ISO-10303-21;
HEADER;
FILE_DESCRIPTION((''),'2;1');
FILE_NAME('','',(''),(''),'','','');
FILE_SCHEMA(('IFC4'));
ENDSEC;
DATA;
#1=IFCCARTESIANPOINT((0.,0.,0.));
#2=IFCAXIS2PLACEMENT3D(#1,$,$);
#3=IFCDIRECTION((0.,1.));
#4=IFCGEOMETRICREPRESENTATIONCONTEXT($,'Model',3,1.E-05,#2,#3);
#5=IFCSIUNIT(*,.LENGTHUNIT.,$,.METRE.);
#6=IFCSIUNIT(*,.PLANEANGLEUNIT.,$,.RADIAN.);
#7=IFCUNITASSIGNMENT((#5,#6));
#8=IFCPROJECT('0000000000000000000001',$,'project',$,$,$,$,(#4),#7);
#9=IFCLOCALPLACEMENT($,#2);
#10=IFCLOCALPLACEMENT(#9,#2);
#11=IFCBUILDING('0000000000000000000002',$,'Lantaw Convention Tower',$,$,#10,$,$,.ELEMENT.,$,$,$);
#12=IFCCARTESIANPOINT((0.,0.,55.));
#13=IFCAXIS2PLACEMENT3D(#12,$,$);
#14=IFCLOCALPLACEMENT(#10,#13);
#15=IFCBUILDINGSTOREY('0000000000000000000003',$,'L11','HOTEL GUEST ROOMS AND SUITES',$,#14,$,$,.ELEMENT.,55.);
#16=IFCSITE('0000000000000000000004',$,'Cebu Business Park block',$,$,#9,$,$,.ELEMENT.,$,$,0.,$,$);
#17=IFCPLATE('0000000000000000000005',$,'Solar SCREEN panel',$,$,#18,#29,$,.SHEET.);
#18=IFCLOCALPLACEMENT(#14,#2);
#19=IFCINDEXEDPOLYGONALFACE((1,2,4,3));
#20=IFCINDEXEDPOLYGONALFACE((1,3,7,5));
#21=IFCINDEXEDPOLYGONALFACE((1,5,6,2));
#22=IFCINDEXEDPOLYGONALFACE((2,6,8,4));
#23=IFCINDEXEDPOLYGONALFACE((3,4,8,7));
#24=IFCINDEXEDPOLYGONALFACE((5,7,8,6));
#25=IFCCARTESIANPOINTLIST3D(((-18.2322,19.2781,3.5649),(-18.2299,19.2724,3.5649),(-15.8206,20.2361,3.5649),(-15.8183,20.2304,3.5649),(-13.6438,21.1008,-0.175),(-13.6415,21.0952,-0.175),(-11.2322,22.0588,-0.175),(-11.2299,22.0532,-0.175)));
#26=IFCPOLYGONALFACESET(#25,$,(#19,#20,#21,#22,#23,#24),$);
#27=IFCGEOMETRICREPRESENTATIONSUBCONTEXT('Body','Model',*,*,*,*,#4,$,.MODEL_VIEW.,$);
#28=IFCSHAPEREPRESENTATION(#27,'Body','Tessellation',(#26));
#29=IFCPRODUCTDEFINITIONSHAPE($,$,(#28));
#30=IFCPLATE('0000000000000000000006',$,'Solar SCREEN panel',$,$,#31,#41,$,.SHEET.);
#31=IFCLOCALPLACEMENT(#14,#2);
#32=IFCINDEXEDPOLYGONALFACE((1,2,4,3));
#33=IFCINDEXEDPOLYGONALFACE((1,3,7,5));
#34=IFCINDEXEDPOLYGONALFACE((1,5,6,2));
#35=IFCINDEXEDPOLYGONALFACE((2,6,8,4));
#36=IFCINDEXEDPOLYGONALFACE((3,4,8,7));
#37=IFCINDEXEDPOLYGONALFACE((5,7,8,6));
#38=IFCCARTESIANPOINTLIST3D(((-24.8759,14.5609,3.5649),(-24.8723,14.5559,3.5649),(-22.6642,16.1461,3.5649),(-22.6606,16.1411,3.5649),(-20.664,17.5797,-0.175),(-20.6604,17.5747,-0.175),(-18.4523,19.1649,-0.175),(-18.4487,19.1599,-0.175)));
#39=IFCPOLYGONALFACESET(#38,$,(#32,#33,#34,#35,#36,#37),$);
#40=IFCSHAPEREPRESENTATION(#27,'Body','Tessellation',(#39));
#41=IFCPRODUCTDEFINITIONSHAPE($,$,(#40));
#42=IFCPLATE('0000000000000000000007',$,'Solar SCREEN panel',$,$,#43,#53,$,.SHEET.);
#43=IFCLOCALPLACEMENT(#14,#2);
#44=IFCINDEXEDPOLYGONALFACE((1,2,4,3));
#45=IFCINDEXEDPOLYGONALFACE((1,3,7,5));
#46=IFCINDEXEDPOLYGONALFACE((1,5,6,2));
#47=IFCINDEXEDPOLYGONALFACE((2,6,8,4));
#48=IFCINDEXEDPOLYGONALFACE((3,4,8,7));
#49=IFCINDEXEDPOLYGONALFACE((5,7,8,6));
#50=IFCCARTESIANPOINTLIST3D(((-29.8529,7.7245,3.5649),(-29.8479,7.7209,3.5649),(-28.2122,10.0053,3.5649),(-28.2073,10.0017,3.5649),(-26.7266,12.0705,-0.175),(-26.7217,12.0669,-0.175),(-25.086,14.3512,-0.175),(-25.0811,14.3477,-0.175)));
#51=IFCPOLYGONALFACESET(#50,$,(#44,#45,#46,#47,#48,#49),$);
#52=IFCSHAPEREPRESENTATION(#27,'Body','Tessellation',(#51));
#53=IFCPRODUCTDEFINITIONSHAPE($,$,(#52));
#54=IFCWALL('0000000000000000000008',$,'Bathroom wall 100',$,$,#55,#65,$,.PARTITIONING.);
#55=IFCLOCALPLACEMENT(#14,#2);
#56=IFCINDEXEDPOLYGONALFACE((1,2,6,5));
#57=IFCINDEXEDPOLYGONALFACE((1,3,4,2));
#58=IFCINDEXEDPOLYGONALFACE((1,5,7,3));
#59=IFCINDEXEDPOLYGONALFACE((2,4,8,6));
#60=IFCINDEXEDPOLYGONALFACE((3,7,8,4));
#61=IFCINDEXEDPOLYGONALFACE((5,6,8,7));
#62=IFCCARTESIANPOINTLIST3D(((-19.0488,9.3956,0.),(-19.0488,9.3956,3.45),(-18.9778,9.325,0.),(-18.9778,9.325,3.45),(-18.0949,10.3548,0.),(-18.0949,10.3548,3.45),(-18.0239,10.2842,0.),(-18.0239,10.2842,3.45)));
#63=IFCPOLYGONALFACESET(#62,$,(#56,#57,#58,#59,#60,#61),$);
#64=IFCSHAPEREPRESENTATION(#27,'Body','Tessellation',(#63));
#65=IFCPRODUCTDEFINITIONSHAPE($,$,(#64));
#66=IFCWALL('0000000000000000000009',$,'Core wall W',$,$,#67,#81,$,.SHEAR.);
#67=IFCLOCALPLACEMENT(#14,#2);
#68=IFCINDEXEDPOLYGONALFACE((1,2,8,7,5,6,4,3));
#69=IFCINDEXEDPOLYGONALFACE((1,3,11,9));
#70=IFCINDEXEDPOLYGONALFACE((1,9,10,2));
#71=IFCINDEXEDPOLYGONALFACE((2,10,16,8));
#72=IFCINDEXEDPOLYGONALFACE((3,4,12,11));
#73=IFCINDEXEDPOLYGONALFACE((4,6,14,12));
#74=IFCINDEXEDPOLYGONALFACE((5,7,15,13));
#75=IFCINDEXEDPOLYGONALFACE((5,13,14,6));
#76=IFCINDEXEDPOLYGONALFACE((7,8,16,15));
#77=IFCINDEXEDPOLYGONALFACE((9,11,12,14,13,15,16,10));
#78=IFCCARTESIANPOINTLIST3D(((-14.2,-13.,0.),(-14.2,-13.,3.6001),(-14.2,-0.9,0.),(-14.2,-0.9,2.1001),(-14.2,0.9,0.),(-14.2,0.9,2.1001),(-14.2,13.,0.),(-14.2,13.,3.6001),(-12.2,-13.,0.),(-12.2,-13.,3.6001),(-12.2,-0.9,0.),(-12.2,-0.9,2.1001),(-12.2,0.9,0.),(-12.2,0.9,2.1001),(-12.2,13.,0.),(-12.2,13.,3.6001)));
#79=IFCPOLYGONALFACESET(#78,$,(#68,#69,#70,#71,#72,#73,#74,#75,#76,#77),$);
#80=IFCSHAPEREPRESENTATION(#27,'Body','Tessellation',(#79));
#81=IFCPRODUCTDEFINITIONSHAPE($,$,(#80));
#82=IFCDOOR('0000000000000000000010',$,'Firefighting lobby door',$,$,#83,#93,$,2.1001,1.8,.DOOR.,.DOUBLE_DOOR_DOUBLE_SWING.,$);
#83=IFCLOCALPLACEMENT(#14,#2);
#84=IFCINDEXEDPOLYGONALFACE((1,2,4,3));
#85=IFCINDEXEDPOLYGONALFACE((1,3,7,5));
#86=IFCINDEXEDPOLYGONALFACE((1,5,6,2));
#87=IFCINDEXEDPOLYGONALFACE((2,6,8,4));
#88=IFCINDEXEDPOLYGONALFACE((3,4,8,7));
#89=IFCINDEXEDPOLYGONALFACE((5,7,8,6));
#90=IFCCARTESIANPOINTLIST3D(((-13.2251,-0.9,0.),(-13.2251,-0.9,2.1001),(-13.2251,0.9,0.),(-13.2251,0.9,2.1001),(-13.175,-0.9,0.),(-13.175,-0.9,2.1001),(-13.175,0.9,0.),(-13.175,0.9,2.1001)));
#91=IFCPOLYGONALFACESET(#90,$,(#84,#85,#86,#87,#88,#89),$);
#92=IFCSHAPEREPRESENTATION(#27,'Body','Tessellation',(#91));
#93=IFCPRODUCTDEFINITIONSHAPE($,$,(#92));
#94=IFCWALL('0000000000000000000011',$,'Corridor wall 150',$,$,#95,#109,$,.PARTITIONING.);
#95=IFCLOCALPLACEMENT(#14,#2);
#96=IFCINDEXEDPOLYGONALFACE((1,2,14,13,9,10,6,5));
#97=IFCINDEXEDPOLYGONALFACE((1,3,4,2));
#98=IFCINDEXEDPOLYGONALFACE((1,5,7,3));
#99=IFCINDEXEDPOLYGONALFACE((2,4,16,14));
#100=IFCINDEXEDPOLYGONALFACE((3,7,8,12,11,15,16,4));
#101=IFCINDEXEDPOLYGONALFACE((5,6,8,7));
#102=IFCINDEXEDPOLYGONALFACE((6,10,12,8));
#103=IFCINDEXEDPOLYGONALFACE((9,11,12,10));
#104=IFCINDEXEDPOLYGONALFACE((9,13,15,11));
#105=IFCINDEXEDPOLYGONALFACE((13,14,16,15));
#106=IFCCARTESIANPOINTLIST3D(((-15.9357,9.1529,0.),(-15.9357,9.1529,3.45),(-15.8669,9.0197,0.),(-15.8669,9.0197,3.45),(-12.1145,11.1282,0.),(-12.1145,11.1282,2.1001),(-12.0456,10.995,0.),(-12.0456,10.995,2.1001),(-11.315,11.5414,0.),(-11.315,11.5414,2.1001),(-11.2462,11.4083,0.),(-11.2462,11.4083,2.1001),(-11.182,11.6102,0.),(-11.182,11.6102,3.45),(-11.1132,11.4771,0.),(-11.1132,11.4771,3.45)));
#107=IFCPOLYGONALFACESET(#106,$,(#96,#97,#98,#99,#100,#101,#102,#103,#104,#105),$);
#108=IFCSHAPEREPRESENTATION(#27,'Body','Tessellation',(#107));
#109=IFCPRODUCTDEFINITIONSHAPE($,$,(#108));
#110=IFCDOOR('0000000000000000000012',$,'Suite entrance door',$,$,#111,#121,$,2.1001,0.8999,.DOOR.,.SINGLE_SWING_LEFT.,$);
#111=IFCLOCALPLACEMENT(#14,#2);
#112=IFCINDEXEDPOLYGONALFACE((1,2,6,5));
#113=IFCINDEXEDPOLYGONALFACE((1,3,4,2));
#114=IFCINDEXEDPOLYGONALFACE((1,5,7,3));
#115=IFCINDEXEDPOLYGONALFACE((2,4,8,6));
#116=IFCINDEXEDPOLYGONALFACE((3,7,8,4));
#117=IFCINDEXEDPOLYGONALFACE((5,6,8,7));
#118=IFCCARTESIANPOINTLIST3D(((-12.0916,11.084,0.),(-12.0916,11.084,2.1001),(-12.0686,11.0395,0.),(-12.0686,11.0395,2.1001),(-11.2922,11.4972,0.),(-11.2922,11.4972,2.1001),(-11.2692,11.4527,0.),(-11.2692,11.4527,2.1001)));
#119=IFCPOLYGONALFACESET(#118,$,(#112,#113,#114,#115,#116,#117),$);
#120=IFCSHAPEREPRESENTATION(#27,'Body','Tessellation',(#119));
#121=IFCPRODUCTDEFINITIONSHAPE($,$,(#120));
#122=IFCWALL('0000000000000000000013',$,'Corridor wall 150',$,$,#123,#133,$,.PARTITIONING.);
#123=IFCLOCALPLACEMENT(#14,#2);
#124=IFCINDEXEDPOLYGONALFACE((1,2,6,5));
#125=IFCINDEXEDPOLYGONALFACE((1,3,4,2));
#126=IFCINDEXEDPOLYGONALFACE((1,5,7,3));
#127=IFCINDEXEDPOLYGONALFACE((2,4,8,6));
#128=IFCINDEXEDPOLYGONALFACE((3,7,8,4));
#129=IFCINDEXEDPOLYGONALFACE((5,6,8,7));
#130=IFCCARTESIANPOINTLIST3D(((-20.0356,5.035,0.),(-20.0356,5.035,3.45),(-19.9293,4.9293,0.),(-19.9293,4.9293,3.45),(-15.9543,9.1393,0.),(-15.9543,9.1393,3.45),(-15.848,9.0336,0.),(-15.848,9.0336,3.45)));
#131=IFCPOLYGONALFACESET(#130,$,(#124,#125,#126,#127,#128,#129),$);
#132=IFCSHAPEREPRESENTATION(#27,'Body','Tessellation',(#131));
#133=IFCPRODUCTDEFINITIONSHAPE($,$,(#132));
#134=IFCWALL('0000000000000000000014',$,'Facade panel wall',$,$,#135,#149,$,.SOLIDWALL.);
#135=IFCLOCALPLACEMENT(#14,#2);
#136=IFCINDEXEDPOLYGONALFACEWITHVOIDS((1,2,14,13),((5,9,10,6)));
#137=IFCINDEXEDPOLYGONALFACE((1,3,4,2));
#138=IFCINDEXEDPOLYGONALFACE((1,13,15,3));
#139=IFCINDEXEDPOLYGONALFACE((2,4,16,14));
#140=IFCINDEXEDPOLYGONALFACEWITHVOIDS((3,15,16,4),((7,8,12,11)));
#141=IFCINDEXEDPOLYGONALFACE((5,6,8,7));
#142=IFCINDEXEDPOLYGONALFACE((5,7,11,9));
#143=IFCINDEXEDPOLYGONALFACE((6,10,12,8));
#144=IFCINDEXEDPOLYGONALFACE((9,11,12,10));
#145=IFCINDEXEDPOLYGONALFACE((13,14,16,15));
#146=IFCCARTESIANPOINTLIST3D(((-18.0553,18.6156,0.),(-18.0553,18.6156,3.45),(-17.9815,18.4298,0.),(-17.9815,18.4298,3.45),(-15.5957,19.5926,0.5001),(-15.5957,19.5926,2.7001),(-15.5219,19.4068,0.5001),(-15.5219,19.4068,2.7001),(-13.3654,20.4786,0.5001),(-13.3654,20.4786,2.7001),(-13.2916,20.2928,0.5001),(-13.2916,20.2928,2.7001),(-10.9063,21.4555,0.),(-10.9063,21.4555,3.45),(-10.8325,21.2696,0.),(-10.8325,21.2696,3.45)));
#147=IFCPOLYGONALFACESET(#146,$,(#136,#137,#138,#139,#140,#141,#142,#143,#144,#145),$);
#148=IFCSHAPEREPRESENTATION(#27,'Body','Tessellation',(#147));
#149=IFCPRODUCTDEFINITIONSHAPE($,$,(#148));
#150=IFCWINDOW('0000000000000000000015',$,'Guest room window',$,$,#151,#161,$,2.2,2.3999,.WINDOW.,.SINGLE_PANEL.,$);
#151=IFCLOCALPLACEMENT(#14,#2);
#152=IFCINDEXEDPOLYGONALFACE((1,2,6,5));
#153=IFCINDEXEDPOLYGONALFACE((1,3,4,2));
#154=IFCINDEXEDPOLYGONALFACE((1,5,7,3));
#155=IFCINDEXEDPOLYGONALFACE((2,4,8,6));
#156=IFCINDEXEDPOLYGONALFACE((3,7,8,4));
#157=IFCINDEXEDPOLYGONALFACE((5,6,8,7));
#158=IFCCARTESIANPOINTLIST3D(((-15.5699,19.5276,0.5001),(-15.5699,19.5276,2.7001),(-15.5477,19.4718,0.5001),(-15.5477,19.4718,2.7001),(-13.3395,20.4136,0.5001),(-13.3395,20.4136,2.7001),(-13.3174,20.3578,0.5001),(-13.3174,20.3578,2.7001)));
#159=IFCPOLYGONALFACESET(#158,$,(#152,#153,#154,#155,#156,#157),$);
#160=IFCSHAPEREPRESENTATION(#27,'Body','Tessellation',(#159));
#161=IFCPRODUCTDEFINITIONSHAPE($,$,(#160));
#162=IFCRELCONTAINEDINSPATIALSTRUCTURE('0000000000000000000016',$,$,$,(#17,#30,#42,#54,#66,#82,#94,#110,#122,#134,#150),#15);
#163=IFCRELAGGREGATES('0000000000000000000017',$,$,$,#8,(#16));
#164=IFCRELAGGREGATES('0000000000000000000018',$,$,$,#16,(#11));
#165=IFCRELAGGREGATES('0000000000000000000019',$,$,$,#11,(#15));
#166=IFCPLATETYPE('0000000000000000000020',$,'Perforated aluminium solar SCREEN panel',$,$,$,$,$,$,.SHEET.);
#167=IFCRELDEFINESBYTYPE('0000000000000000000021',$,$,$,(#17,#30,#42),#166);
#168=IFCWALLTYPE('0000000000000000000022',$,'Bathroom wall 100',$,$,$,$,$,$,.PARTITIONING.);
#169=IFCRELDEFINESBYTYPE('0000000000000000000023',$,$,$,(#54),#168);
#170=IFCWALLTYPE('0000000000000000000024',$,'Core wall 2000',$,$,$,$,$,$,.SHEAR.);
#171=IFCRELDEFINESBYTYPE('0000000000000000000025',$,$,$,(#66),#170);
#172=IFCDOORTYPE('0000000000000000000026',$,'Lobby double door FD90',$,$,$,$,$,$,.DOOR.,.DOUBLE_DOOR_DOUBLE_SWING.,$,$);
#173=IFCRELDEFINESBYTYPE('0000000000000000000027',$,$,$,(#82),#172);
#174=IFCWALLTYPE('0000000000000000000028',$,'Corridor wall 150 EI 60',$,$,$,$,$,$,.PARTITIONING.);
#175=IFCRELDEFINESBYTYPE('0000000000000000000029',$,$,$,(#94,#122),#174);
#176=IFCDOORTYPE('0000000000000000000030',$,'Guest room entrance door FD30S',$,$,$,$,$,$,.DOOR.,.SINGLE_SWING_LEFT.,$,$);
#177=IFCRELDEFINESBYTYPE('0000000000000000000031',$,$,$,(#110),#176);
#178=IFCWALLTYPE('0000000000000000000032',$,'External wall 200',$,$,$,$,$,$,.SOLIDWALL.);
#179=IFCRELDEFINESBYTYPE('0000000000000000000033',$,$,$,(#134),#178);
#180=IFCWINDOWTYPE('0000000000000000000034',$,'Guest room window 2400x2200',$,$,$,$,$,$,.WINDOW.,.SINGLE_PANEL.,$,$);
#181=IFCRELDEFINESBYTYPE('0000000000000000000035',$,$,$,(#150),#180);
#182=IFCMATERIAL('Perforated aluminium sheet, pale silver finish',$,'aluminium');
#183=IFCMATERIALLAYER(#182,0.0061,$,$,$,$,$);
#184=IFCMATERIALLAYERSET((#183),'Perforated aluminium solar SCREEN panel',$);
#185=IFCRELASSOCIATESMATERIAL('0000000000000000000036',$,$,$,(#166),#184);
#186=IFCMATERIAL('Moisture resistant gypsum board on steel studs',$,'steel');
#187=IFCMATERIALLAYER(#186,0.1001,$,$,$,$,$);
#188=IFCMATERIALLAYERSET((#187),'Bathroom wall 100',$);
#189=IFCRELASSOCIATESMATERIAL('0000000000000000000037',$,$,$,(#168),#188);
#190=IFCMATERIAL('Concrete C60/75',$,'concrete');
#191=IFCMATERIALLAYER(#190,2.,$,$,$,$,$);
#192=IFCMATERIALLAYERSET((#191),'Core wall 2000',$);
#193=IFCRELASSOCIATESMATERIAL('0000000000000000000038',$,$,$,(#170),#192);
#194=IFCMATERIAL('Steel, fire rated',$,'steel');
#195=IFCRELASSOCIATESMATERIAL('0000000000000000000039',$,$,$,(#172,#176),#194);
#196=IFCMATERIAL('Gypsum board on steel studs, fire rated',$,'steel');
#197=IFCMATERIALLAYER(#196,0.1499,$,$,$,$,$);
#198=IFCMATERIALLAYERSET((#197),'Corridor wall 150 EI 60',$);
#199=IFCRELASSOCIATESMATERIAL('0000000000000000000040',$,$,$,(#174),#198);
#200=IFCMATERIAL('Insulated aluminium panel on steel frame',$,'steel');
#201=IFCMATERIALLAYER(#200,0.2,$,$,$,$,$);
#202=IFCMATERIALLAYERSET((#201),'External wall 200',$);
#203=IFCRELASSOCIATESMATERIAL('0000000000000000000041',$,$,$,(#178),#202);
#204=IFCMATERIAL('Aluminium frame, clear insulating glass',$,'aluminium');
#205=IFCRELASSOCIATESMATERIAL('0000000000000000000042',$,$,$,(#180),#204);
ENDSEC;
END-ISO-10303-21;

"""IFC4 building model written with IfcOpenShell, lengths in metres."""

from ifc_helpers import new_model, si_unit, direction, frame, frame_2d, origin, place, context, subcontext, project, spatial, polyline, rectangle, outline, extrude, material, layer, layer_set, type_object, element, fill, save


model = new_model("IFC4")

# Units and contexts
model_context = context("Model", 3, precision=1e-05, world=origin(), true_north=direction((0.0, 1.0)))
body_context = subcontext(model_context, "Body", "Model", "MODEL_VIEW")
ifc_project = project(units=[si_unit("LENGTHUNIT", "METRE"), si_unit("PLANEANGLEUNIT", "RADIAN")], contexts=[model_context])

# Site, building, storey
site_placement = place(None, origin())
site = spatial("IfcSite", under=ifc_project, at=site_placement, Name="Cebu Business Park block", CompositionType="ELEMENT", RefElevation=0.0)
building_placement = place(site_placement, origin())
building = spatial("IfcBuilding", under=site, at=building_placement, Name="Lantaw Convention Tower", CompositionType="ELEMENT")
storey_placement = place(building_placement, frame((0.0, 0.0, 55.0)))
storey = spatial("IfcBuildingStorey", under=building, at=storey_placement, Name="L11", Description="HOTEL GUEST ROOMS AND SUITES", CompositionType="ELEMENT", Elevation=55.0)

# Shared definitions
ifc_material_1 = material(Name="Concrete C60/75", Category="concrete")

# Plates
ifc_material_2 = material(Name="Perforated aluminium sheet, pale silver finish", Category="aluminium")
ifc_layer_1 = layer(ifc_material_2, 0.0061)
ifc_layer_set_1 = layer_set([ifc_layer_1], Name="Perforated aluminium solar SCREEN panel")
plate_type = type_object("IfcPlateType", Name="Perforated aluminium solar SCREEN panel", PredefinedType="SHEET", material=ifc_layer_set_1)
plate_1_placement = place(storey_placement, frame((-11.2322, 22.0588, -0.175), z_axis=(-0.369184, 0.929357, 0.000009), x_axis=(-0.929357, -0.369184, 0.0)))
element("IfcPlate", 1, at=plate_1_placement, inside=storey, type_object=plate_type, Name="Solar SCREEN panel", PredefinedType="SHEET", context=body_context, shape_type="SweptSolid", body=[
    extrude(outline(polyline([(0.0, 0.0), (2.5949, 0.0), (7.5321, 3.74), (4.9372, 3.74), (0.0, 0.0)])), origin(), (0.0, 0.0, -1.0), 0.0061),
])
plate_2_placement = place(storey_placement, frame((-18.4487, 19.1599, -0.175), z_axis=(0.582561, -0.812787, 0.000016), x_axis=(-0.812787, -0.582561, 0.0)))
element("IfcPlate", 2, at=plate_2_placement, inside=storey, type_object=plate_type, Name="Solar SCREEN panel", PredefinedType="SHEET", context=body_context, shape_type="SweptSolid", body=[
    extrude(outline(polyline([(0.0, 0.0), (2.7211, 0.0), (7.9031, -3.74), (5.182, -3.74), (0.0, 0.0)])), origin(), (0.0, 0.0, -1.0), 0.0061),
])
plate_3_placement = place(storey_placement, frame((-25.0811, 14.3477, -0.175), z_axis=(0.811791, -0.583948, 0.000009), x_axis=(-0.583948, -0.811791, 0.0)))
element("IfcPlate", 3, at=plate_3_placement, inside=storey, type_object=plate_type, Name="Solar SCREEN panel", PredefinedType="SHEET", context=body_context, shape_type="SweptSolid", body=[
    extrude(outline(polyline([(0.0, 0.0), (2.8095, 0.0), (8.1631, -3.74), (5.3536, -3.74), (0.0, 0.0)])), origin(), (0.0, 0.0, -1.0), 0.0061),
])

# Wall
ifc_material_3 = material(Name="Moisture resistant gypsum board on steel studs", Category="steel")
ifc_layer_2 = layer(ifc_material_3, 0.1001)
ifc_layer_set_2 = layer_set([ifc_layer_2], Name="Bathroom wall 100")
wall_type_1 = type_object("IfcWallType", Name="Bathroom wall 100", PredefinedType="PARTITIONING", material=ifc_layer_set_2)
wall_1_placement = place(storey_placement, frame((-19.0132, 9.3604, 0.0), z_axis=(0.0, 0.0, 1.0), x_axis=(0.705119, 0.709089, 0.0)))
element("IfcWall", 4, at=wall_1_placement, inside=storey, type_object=wall_type_1, Name="Bathroom wall 100", PredefinedType="PARTITIONING", context=body_context, shape_type="SweptSolid", body=[
    extrude(rectangle(XDim=1.3528, YDim=0.1001, at=frame_2d((0.6763, 0.0))), origin(), (0.0, 0.0, 1.0), 3.45),
])

# Walls, openings, doors
ifc_layer_3 = layer(ifc_material_1, 2.0)
ifc_layer_set_3 = layer_set([ifc_layer_3], Name="Core wall 2000")
wall_type_2 = type_object("IfcWallType", Name="Core wall 2000", PredefinedType="SHEAR", material=ifc_layer_set_3)
wall_2_placement = place(storey_placement, frame((-13.2, 13.0, 0.0), z_axis=(0.0, 0.0, 1.0), x_axis=(0.0, -1.0, 0.0)))
wall_2 = element("IfcWall", 5, at=wall_2_placement, inside=storey, type_object=wall_type_2, Name="Core wall W", PredefinedType="SHEAR", context=body_context, shape_type="SweptSolid", body=[
    extrude(rectangle(XDim=26.0, YDim=2.0, at=frame_2d((13.0, 0.0))), origin(), (0.0, 0.0, 1.0), 3.6001),
])
opening_1_placement = place(wall_2_placement, frame((12.1001, 0.0, 0.0)))
opening_1 = element("IfcOpeningElement", 6, at=opening_1_placement, cuts=wall_2, PredefinedType="OPENING", context=body_context, shape_type="SweptSolid", body=[
    extrude(rectangle(XDim=1.8, YDim=2.1001, at=frame_2d((0.8999, 1.05))), frame((0.0, 1.01, 0.0), z_axis=(0.0, -1.0, 0.0), x_axis=(1.0, 0.0, 0.0)), (0.0, 0.0, 1.0), 2.02),
])
ifc_material_4 = material(Name="Steel, fire rated", Category="steel")
door_type_1 = type_object("IfcDoorType", Name="Lobby double door FD90", OperationType="DOUBLE_DOOR_DOUBLE_SWING", PredefinedType="DOOR", material=ifc_material_4)
door_1_placement = place(opening_1_placement, origin())
door_1 = element("IfcDoor", 7, at=door_1_placement, inside=storey, type_object=door_type_1, Name="Firefighting lobby door", OperationType="DOUBLE_DOOR_DOUBLE_SWING", OverallHeight=2.1001, OverallWidth=1.8, PredefinedType="DOOR", context=body_context, shape_type="SweptSolid", body=[
    extrude(rectangle(XDim=1.8, YDim=2.1001, at=frame_2d((0.8999, 1.05))), frame((0.0, 0.0249, 0.0), z_axis=(0.0, -1.0, 0.0), x_axis=(1.0, 0.0, 0.0)), (0.0, 0.0, 1.0), 0.05),
])
fill(opening_1, door_1)
ifc_material_5 = material(Name="Gypsum board on steel studs, fire rated", Category="steel")
ifc_layer_4 = layer(ifc_material_5, 0.1499)
ifc_layer_set_4 = layer_set([ifc_layer_4], Name="Corridor wall 150 EI 60")
wall_type_3 = type_object("IfcWallType", Name="Corridor wall 150 EI 60", PredefinedType="PARTITIONING", material=ifc_layer_set_4)
wall_3_placement = place(storey_placement, frame((-11.1475, 11.5437, 0.0), z_axis=(0.0, 0.0, 1.0), x_axis=(-0.888333, -0.459199, 0.0)))
wall_3 = element("IfcWall", 8, at=wall_3_placement, inside=storey, type_object=wall_type_3, Name="Corridor wall 150", PredefinedType="PARTITIONING", context=body_context, shape_type="SweptSolid", body=[
    extrude(rectangle(XDim=5.3513, YDim=0.1499, at=frame_2d((2.6758, 0.0))), origin(), (0.0, 0.0, 1.0), 3.45),
])
opening_2_placement = place(wall_3_placement, frame((0.1499, 0.0, 0.0)))
opening_2 = element("IfcOpeningElement", 9, at=opening_2_placement, cuts=wall_3, PredefinedType="OPENING", context=body_context, shape_type="SweptSolid", body=[
    extrude(rectangle(XDim=0.8999, YDim=2.1001, at=frame_2d((0.45, 1.05))), frame((0.0, 0.085, 0.0), z_axis=(0.0, -1.0, 0.0), x_axis=(1.0, 0.0, 0.0)), (0.0, 0.0, 1.0), 0.1699),
])
door_type_2 = type_object("IfcDoorType", Name="Guest room entrance door FD30S", OperationType="SINGLE_SWING_LEFT", PredefinedType="DOOR", material=ifc_material_4)
door_2_placement = place(opening_2_placement, origin())
door_2 = element("IfcDoor", 10, at=door_2_placement, inside=storey, type_object=door_type_2, Name="Suite entrance door", OperationType="SINGLE_SWING_LEFT", OverallHeight=2.1001, OverallWidth=0.8999, PredefinedType="DOOR", context=body_context, shape_type="SweptSolid", body=[
    extrude(rectangle(XDim=0.8999, YDim=2.1001, at=frame_2d((0.45, 1.05))), frame((0.0, 0.0249, 0.0), z_axis=(0.0, -1.0, 0.0), x_axis=(1.0, 0.0, 0.0)), (0.0, 0.0, 1.0), 0.05),
])
fill(opening_2, door_2)

# Wall
wall_4_placement = place(storey_placement, frame((-15.9011, 9.0864, 0.0), z_axis=(0.0, 0.0, 1.0), x_axis=(-0.705122, -0.709086, 0.0)))
element("IfcWall", 11, at=wall_4_placement, inside=storey, type_object=wall_type_3, Name="Corridor wall 150", PredefinedType="PARTITIONING", context=body_context, shape_type="SweptSolid", body=[
    extrude(rectangle(XDim=5.7881, YDim=0.1499, at=frame_2d((2.894, 0.0))), origin(), (0.0, 0.0, 1.0), 3.45),
])

# Wall, opening, window
ifc_material_6 = material(Name="Insulated aluminium panel on steel frame", Category="steel")
ifc_layer_5 = layer(ifc_material_6, 0.2)
ifc_layer_set_5 = layer_set([ifc_layer_5], Name="External wall 200")
wall_type_4 = type_object("IfcWallType", Name="External wall 200", PredefinedType="SOLIDWALL", material=ifc_layer_set_5)
wall_5_placement = place(storey_placement, frame((-10.8694, 21.3625, 0.0), z_axis=(0.0, 0.0, 1.0), x_axis=(-0.929358, -0.369179, 0.0)))
wall_5 = element("IfcWall", 12, at=wall_5_placement, inside=storey, type_object=wall_type_4, Name="Facade panel wall", PredefinedType="SOLIDWALL", context=body_context, shape_type="SweptSolid", body=[
    extrude(rectangle(XDim=7.6924, YDim=0.2, at=frame_2d((3.8462, 0.0))), origin(), (0.0, 0.0, 1.0), 3.45),
])
opening_3_placement = place(wall_5_placement, frame((2.646, 0.0, 0.5)))
opening_3 = element("IfcOpeningElement", 13, at=opening_3_placement, cuts=wall_5, PredefinedType="OPENING", context=body_context, shape_type="SweptSolid", body=[
    extrude(rectangle(XDim=2.3999, YDim=2.2, at=frame_2d((1.2, 1.1001))), frame((0.0, 0.1099, 0.0), z_axis=(0.0, -1.0, 0.0), x_axis=(1.0, 0.0, 0.0)), (0.0, 0.0, 1.0), 0.22),
])
ifc_material_7 = material(Name="Aluminium frame, clear insulating glass", Category="aluminium")
window_type = type_object("IfcWindowType", Name="Guest room window 2400x2200", PartitioningType="SINGLE_PANEL", PredefinedType="WINDOW", material=ifc_material_7)
window_1_placement = place(opening_3_placement, origin())
window_1 = element("IfcWindow", 14, at=window_1_placement, inside=storey, type_object=window_type, Name="Guest room window", OverallHeight=2.2, OverallWidth=2.3999, PartitioningType="SINGLE_PANEL", PredefinedType="WINDOW", context=body_context, shape_type="SweptSolid", body=[
    extrude(rectangle(XDim=2.3999, YDim=2.2, at=frame_2d((1.2, 1.1001))), frame((0.0, 0.03, 0.0), z_axis=(0.0, -1.0, 0.0), x_axis=(1.0, 0.0, 0.0)), (0.0, 0.0, 1.0), 0.0601),
])
fill(opening_3, window_1)

save(model, "model.ifc")
